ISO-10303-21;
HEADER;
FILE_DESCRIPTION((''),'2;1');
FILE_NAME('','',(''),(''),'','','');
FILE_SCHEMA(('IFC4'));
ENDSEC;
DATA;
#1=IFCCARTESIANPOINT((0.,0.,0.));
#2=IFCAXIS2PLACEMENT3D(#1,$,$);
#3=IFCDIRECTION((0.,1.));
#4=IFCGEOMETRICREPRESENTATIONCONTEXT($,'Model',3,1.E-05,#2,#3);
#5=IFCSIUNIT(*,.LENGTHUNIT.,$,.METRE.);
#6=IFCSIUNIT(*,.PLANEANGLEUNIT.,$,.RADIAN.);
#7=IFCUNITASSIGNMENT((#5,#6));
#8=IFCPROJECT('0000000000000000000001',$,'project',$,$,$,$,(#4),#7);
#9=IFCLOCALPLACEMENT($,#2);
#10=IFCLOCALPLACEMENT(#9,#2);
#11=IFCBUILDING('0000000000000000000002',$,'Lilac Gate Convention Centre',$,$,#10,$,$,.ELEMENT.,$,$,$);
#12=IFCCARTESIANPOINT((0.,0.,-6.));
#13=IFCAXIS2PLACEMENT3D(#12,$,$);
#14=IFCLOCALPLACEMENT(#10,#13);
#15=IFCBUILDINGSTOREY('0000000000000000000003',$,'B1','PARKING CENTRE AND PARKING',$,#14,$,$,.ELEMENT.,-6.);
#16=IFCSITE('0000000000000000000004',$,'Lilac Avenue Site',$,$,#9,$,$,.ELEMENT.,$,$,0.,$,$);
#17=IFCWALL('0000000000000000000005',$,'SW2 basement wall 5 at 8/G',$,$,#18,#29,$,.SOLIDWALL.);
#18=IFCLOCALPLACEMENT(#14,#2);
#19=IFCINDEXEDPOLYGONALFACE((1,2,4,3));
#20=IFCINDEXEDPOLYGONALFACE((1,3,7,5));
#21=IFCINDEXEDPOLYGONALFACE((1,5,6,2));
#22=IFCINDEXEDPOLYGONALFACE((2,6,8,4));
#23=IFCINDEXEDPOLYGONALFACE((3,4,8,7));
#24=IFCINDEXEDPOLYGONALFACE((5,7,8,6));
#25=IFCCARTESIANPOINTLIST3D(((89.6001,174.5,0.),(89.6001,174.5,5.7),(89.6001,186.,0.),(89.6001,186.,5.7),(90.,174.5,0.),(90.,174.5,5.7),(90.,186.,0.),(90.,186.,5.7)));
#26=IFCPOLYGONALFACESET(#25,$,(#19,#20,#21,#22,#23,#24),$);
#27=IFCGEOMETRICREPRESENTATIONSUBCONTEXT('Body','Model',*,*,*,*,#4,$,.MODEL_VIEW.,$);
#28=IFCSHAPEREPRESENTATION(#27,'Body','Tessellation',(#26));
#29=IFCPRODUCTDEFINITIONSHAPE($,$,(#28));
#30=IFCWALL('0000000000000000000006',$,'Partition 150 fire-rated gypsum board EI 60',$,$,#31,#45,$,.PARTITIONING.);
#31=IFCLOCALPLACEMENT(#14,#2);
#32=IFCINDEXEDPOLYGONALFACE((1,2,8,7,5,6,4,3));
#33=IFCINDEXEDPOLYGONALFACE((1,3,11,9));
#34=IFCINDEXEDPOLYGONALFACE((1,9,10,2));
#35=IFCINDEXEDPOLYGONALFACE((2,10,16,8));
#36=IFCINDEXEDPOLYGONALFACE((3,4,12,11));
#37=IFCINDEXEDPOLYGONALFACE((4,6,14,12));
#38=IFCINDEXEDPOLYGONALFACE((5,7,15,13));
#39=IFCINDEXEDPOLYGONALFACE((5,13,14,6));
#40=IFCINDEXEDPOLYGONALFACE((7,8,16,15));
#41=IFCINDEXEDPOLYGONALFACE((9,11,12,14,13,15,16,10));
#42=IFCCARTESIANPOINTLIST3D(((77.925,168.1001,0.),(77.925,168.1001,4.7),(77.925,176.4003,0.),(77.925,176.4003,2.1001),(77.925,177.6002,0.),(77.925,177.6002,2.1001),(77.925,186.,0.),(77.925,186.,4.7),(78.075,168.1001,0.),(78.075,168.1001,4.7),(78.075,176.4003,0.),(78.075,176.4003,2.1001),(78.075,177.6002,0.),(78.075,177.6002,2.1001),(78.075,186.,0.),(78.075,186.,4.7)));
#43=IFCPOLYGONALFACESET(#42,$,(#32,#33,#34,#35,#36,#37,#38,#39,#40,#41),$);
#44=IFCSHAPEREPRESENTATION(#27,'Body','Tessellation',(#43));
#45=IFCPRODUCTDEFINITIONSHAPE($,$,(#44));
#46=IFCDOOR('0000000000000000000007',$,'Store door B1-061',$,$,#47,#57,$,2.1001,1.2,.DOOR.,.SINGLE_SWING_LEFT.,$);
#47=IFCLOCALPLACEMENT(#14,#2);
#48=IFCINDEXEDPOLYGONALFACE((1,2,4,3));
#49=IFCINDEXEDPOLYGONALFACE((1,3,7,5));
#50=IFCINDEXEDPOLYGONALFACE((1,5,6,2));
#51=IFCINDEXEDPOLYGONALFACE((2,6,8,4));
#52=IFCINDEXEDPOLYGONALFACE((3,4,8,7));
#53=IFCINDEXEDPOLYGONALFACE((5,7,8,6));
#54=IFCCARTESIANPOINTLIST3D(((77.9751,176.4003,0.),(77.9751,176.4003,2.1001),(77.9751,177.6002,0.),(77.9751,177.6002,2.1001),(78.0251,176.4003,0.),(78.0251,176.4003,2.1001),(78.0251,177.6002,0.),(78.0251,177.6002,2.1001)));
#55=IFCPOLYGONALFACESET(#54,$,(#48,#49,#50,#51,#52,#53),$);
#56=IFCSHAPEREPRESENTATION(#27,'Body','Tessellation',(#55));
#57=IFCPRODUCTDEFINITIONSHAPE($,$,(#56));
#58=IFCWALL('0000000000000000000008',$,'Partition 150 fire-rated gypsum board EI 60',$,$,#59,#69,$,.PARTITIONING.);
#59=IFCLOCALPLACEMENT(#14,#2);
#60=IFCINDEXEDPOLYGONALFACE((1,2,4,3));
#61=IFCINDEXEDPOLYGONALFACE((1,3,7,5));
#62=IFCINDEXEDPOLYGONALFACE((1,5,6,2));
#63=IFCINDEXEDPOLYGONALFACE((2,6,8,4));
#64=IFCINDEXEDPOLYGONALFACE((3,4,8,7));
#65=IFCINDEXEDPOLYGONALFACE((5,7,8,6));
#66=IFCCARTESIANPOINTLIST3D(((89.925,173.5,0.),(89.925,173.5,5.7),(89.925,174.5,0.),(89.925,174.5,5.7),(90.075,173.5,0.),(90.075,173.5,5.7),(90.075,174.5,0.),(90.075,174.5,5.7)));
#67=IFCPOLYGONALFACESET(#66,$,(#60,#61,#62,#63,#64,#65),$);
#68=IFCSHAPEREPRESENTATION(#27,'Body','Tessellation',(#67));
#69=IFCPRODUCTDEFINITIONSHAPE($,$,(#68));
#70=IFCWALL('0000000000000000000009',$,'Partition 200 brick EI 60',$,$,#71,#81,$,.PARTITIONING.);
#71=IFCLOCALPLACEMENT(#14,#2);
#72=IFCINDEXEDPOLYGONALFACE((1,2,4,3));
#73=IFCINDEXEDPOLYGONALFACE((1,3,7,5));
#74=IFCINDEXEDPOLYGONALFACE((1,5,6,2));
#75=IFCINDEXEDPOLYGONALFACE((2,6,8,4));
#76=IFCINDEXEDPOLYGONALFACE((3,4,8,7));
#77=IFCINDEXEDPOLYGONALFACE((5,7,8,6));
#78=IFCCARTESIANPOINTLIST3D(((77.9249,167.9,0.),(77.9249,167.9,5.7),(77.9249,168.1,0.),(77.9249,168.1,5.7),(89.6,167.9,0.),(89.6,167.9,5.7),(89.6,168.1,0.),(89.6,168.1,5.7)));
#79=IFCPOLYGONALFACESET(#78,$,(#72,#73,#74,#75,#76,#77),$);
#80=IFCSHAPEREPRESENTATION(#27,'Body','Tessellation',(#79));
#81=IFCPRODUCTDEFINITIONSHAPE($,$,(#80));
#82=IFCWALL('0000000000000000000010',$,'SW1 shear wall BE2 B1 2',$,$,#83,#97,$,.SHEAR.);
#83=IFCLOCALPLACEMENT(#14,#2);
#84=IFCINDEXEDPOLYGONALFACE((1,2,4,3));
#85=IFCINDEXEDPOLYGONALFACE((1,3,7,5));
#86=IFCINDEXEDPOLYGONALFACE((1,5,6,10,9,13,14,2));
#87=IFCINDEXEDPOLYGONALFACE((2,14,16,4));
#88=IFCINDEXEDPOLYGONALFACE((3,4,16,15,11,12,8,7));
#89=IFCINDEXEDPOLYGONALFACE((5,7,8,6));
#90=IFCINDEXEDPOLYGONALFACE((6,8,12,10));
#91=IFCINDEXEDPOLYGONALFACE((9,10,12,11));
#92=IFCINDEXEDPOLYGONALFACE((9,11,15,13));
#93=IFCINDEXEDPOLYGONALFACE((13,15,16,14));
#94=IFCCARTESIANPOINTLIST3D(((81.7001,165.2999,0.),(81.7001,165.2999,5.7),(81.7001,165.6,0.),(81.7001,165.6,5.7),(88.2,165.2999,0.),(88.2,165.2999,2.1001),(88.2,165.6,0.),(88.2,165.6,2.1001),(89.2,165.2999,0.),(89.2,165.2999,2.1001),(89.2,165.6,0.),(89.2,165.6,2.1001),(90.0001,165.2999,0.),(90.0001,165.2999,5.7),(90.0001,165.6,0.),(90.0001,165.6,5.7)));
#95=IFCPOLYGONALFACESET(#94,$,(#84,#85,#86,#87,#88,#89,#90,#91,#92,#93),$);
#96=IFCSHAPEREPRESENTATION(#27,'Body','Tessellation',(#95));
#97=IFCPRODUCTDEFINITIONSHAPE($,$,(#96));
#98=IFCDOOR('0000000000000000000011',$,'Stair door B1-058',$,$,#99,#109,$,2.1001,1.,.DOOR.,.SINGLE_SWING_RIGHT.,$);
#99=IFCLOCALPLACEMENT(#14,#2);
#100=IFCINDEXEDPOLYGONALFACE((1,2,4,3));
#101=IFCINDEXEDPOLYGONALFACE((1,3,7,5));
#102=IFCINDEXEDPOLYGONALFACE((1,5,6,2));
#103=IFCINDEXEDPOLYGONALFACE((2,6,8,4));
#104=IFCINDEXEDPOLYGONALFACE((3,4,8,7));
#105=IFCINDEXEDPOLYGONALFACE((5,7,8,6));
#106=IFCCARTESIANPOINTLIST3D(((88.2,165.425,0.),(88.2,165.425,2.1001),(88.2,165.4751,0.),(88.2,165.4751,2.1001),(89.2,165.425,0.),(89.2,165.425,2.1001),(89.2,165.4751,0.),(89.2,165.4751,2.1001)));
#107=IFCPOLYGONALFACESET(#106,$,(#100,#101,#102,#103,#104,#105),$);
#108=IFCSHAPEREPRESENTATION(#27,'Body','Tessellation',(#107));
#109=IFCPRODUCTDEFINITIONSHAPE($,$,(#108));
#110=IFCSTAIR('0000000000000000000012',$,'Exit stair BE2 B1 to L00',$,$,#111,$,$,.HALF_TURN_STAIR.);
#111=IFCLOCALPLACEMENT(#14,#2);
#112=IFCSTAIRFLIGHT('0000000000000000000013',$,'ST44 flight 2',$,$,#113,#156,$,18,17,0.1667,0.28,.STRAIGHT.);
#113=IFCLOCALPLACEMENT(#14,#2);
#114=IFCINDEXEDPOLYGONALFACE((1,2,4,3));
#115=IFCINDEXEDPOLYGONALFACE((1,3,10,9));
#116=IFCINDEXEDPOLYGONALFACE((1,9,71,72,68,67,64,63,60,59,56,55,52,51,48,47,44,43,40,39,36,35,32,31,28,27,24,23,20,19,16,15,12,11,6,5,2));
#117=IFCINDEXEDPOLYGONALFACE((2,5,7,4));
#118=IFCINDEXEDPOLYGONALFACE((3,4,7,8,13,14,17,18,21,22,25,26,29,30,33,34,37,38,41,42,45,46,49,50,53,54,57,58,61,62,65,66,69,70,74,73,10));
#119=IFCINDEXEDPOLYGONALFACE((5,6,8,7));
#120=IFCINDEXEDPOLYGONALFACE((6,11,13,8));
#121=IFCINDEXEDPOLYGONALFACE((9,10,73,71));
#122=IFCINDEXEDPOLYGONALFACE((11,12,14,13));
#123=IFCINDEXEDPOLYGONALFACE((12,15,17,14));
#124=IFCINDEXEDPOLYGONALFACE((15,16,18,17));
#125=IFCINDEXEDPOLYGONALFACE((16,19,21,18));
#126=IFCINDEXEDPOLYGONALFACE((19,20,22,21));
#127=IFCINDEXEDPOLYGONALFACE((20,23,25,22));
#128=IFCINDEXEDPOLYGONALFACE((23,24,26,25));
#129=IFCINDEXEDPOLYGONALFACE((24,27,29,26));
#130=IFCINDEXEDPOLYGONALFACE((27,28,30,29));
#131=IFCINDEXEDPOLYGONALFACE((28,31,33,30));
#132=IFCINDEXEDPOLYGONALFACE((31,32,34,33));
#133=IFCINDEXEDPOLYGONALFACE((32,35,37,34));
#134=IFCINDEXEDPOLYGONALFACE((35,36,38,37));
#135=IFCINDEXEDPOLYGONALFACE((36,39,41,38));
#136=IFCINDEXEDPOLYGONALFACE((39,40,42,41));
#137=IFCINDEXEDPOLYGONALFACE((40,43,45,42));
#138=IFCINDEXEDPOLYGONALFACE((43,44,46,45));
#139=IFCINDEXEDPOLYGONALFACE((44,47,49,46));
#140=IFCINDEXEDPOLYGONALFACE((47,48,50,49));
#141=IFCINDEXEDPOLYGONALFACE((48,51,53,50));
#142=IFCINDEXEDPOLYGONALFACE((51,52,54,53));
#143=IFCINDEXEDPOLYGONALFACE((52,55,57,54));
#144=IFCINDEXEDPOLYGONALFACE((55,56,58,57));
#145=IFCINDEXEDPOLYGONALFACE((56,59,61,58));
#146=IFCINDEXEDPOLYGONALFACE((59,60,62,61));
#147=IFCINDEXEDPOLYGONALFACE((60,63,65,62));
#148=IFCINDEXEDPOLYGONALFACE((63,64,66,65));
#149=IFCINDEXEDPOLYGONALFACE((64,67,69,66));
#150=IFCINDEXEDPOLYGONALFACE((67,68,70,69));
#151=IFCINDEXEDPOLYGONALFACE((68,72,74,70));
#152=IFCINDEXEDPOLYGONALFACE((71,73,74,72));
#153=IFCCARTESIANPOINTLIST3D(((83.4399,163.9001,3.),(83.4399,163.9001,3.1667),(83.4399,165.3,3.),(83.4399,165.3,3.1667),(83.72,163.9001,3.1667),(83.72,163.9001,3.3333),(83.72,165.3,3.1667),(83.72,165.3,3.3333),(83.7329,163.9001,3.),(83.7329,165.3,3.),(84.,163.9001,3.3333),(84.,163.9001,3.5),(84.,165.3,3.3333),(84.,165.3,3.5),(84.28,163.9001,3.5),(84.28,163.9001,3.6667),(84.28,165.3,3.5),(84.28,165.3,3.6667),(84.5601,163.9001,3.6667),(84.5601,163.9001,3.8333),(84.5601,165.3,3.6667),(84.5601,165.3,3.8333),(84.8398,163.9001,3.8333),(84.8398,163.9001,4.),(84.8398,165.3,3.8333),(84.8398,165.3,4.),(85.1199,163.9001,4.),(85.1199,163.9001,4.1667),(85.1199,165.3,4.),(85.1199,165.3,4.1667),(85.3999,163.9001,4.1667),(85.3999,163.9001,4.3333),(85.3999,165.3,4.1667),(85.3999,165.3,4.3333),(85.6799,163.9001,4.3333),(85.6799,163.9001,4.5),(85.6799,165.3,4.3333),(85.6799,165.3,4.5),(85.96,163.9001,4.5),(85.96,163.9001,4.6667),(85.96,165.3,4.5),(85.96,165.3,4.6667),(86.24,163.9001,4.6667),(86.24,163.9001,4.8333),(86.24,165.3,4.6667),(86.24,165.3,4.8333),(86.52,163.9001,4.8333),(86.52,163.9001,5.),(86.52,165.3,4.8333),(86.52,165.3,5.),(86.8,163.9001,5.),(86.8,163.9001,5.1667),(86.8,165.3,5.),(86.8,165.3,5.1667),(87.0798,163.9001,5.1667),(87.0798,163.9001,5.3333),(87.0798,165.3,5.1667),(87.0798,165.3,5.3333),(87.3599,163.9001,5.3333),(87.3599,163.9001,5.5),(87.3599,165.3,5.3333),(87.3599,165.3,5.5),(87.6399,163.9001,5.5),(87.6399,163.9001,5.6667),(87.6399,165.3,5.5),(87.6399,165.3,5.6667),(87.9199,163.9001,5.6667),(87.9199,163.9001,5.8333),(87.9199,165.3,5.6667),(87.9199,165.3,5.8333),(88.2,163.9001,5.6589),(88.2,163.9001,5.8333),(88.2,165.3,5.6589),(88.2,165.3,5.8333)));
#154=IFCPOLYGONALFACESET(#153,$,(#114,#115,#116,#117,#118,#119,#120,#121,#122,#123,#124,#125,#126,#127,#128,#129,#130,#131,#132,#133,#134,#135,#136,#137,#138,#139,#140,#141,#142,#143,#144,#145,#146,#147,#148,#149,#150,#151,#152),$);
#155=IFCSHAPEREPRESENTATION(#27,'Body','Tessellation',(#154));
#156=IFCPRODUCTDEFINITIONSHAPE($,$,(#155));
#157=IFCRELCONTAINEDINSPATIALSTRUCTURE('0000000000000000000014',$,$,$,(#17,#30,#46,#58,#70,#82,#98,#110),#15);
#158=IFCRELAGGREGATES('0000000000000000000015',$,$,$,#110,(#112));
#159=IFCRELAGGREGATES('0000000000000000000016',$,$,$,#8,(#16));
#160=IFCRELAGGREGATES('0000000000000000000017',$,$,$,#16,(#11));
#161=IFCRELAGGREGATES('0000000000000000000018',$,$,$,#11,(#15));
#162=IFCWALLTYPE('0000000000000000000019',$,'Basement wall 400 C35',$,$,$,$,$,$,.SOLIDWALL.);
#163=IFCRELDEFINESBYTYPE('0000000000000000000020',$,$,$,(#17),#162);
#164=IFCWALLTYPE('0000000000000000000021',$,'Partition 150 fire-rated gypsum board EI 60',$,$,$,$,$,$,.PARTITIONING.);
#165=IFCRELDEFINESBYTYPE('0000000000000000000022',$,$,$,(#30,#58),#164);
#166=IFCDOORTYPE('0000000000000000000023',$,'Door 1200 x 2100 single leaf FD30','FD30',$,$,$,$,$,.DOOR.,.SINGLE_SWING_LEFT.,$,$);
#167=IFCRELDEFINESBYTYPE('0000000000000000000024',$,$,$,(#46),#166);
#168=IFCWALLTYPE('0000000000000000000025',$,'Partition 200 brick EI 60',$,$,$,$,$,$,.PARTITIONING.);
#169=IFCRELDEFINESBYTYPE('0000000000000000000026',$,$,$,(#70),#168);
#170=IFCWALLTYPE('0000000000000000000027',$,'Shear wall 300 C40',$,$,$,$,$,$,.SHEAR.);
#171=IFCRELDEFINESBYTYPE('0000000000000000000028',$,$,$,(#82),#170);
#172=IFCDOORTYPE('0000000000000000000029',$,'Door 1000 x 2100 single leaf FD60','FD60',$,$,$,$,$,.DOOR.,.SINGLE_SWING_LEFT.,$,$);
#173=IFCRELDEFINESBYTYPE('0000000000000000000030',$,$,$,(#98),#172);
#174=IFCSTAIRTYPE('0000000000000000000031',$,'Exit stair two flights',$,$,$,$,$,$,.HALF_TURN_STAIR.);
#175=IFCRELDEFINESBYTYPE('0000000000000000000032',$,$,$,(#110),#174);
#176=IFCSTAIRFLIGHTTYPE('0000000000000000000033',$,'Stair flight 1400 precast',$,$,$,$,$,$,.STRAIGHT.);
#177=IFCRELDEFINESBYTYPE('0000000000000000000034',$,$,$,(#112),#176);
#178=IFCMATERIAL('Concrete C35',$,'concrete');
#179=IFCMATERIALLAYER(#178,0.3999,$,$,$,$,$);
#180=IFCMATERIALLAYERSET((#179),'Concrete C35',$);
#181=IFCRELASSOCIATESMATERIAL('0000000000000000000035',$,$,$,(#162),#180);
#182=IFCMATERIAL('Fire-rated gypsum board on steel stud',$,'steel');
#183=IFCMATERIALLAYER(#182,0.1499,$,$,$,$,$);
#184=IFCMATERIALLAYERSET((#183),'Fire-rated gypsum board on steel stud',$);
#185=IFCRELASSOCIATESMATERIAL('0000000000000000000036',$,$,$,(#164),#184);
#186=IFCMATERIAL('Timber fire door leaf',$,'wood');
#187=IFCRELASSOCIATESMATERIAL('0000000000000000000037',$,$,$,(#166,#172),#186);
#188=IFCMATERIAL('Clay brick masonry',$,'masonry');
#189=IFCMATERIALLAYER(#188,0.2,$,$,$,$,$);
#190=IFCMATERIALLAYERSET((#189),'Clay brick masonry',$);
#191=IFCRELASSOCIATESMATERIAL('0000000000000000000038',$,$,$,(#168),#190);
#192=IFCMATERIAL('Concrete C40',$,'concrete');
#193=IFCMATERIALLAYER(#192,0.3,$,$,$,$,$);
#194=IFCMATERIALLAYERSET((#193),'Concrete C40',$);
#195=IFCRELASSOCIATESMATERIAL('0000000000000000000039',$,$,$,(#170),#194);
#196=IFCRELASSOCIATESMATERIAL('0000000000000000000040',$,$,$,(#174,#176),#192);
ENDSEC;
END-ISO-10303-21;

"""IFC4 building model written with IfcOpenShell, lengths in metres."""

from ifc_helpers import new_model, si_unit, direction, frame, frame_2d, origin, place, context, subcontext, project, spatial, polyline, rectangle, outline, extrude, material, layer, layer_set, type_object, element, fill, aggregate, save


model = new_model("IFC4")

# Units and contexts
model_context = context("Model", 3, precision=1e-05, world=origin(), true_north=direction((0.0, 1.0)))
body_context = subcontext(model_context, "Body", "Model", "MODEL_VIEW")
ifc_project = project(units=[si_unit("LENGTHUNIT", "METRE"), si_unit("PLANEANGLEUNIT", "RADIAN")], contexts=[model_context])

# Site, building, storey
site_placement = place(None, origin())
site = spatial("IfcSite", under=ifc_project, at=site_placement, Name="Lilac Avenue Site", CompositionType="ELEMENT", RefElevation=0.0)
building_placement = place(site_placement, origin())
building = spatial("IfcBuilding", under=site, at=building_placement, Name="Lilac Gate Convention Centre", CompositionType="ELEMENT")
storey_placement = place(building_placement, frame((0.0, 0.0, -6.0)))
storey = spatial("IfcBuildingStorey", under=building, at=storey_placement, Name="B1", Description="PARKING CENTRE AND PARKING", CompositionType="ELEMENT", Elevation=-6.0)

# Shared definitions
ifc_material_1 = material(Name="Concrete C35", Category="concrete")

# Shared definitions
ifc_material_2 = material(Name="Concrete C40", Category="concrete")

# Wall
ifc_layer_1 = layer(ifc_material_1, 0.3999)
ifc_layer_set_1 = layer_set([ifc_layer_1], Name="Concrete C35")
wall_type_1 = type_object("IfcWallType", Name="Basement wall 400 C35", PredefinedType="SOLIDWALL", material=ifc_layer_set_1)
wall_1_placement = place(storey_placement, frame((89.8, 174.5, 0.0), z_axis=(0.0, 0.0, 1.0), x_axis=(0.0, 1.0, 0.0)))
element("IfcWall", 1, at=wall_1_placement, inside=storey, type_object=wall_type_1, Name="SW2 basement wall 5 at 8/G", PredefinedType="SOLIDWALL", context=body_context, shape_type="SweptSolid", body=[
    extrude(rectangle(XDim=11.5, YDim=0.3999, at=frame_2d((5.75, 0.0))), origin(), (0.0, 0.0, 1.0), 5.7),
])

# Wall, opening, door
ifc_material_3 = material(Name="Fire-rated gypsum board on steel stud", Category="steel")
ifc_layer_2 = layer(ifc_material_3, 0.1499)
ifc_layer_set_2 = layer_set([ifc_layer_2], Name="Fire-rated gypsum board on steel stud")
wall_type_2 = type_object("IfcWallType", Name="Partition 150 fire-rated gypsum board EI 60", PredefinedType="PARTITIONING", material=ifc_layer_set_2)
wall_2_placement = place(storey_placement, frame((78.0, 168.1001, 0.0), z_axis=(0.0, 0.0, 1.0), x_axis=(0.0, 1.0, 0.0)))
wall_2 = element("IfcWall", 2, at=wall_2_placement, inside=storey, type_object=wall_type_2, Name="Partition 150 fire-rated gypsum board EI 60", PredefinedType="PARTITIONING", context=body_context, shape_type="SweptSolid", body=[
    extrude(rectangle(XDim=17.8999, YDim=0.1499, at=frame_2d((8.95, 0.0))), origin(), (0.0, 0.0, 1.0), 4.7),
])
opening_1_placement = place(wall_2_placement, frame((8.3, 0.0, 0.0)))
opening_1 = element("IfcOpeningElement", 3, at=opening_1_placement, cuts=wall_2, PredefinedType="OPENING", context=body_context, shape_type="SweptSolid", body=[
    extrude(rectangle(XDim=1.2, YDim=2.1001, at=frame_2d((0.6001, 1.05))), frame((0.0, 0.085, 0.0), z_axis=(0.0, -1.0, 0.0), x_axis=(1.0, 0.0, 0.0)), (0.0, 0.0, 1.0), 0.1699),
])
ifc_material_4 = material(Name="Timber fire door leaf", Category="wood")
door_type_1 = type_object("IfcDoorType", Name="Door 1200 x 2100 single leaf FD30", Description="FD30", OperationType="SINGLE_SWING_LEFT", PredefinedType="DOOR", material=ifc_material_4)
door_1_placement = place(opening_1_placement, origin())
door_1 = element("IfcDoor", 4, at=door_1_placement, inside=storey, type_object=door_type_1, Name="Store door B1-061", OperationType="SINGLE_SWING_LEFT", OverallHeight=2.1001, OverallWidth=1.2, PredefinedType="DOOR", context=body_context, shape_type="SweptSolid", body=[
    extrude(rectangle(XDim=1.2, YDim=2.1001, at=frame_2d((0.6001, 1.05))), frame((0.0, 0.0249, 0.0), z_axis=(0.0, -1.0, 0.0), x_axis=(1.0, 0.0, 0.0)), (0.0, 0.0, 1.0), 0.05),
])
fill(opening_1, door_1)

# Walls
wall_3_placement = place(storey_placement, frame((90.0, 173.5, 0.0), z_axis=(0.0, 0.0, 1.0), x_axis=(0.0, 1.0, 0.0)))
element("IfcWall", 5, at=wall_3_placement, inside=storey, type_object=wall_type_2, Name="Partition 150 fire-rated gypsum board EI 60", PredefinedType="PARTITIONING", context=body_context, shape_type="SweptSolid", body=[
    extrude(rectangle(XDim=1.0, YDim=0.1499, at=frame_2d((0.5, 0.0))), origin(), (0.0, 0.0, 1.0), 5.7),
])
ifc_material_5 = material(Name="Clay brick masonry", Category="masonry")
ifc_layer_3 = layer(ifc_material_5, 0.2)
ifc_layer_set_3 = layer_set([ifc_layer_3], Name="Clay brick masonry")
wall_type_3 = type_object("IfcWallType", Name="Partition 200 brick EI 60", PredefinedType="PARTITIONING", material=ifc_layer_set_3)
wall_4_placement = place(storey_placement, frame((77.925, 168.0, 0.0), z_axis=(0.0, 0.0, 1.0), x_axis=(1.0, 0.0, 0.0)))
element("IfcWall", 6, at=wall_4_placement, inside=storey, type_object=wall_type_3, Name="Partition 200 brick EI 60", PredefinedType="PARTITIONING", context=body_context, shape_type="SweptSolid", body=[
    extrude(rectangle(XDim=11.675, YDim=0.2, at=frame_2d((5.8374, 0.0))), origin(), (0.0, 0.0, 1.0), 5.7),
])

# Wall, opening, door
ifc_layer_4 = layer(ifc_material_2, 0.3)
ifc_layer_set_4 = layer_set([ifc_layer_4], Name="Concrete C40")
wall_type_4 = type_object("IfcWallType", Name="Shear wall 300 C40", PredefinedType="SHEAR", material=ifc_layer_set_4)
wall_5_placement = place(storey_placement, frame((90.0, 165.45, 0.0), z_axis=(0.0, 0.0, 1.0), x_axis=(-1.0, 0.0, 0.0)))
wall_5 = element("IfcWall", 7, at=wall_5_placement, inside=storey, type_object=wall_type_4, Name="SW1 shear wall BE2 B1 2", PredefinedType="SHEAR", context=body_context, shape_type="SweptSolid", body=[
    extrude(rectangle(XDim=8.3, YDim=0.3, at=frame_2d((4.1499, 0.0))), origin(), (0.0, 0.0, 1.0), 5.7),
])
opening_2_placement = place(wall_5_placement, frame((0.8, 0.0, 0.0)))
opening_2 = element("IfcOpeningElement", 8, at=opening_2_placement, cuts=wall_5, PredefinedType="OPENING", context=body_context, shape_type="SweptSolid", body=[
    extrude(rectangle(XDim=1.0, YDim=2.1001, at=frame_2d((0.5, 1.05))), frame((0.0, 0.1599, 0.0), z_axis=(0.0, -1.0, 0.0), x_axis=(1.0, 0.0, 0.0)), (0.0, 0.0, 1.0), 0.3201),
])
door_type_2 = type_object("IfcDoorType", Name="Door 1000 x 2100 single leaf FD60", Description="FD60", OperationType="SINGLE_SWING_LEFT", PredefinedType="DOOR", material=ifc_material_4)
door_2_placement = place(opening_2_placement, origin())
door_2 = element("IfcDoor", 9, at=door_2_placement, inside=storey, type_object=door_type_2, Name="Stair door B1-058", OperationType="SINGLE_SWING_RIGHT", OverallHeight=2.1001, OverallWidth=1.0, PredefinedType="DOOR", context=body_context, shape_type="SweptSolid", body=[
    extrude(rectangle(XDim=1.0, YDim=2.1001, at=frame_2d((0.5, 1.05))), frame((0.0, 0.0249, 0.0), z_axis=(0.0, -1.0, 0.0), x_axis=(1.0, 0.0, 0.0)), (0.0, 0.0, 1.0), 0.05),
])
fill(opening_2, door_2)

# Stair, stair flight
stair_type = type_object("IfcStairType", Name="Exit stair two flights", PredefinedType="HALF_TURN_STAIR", material=ifc_material_2)
stair_placement = place(storey_placement, origin())
stair = element("IfcStair", 10, at=stair_placement, inside=storey, type_object=stair_type, Name="Exit stair BE2 B1 to L00", PredefinedType="HALF_TURN_STAIR")
stair_flight_type = type_object("IfcStairFlightType", Name="Stair flight 1400 precast", PredefinedType="STRAIGHT", material=ifc_material_2)
stair_flight_placement = place(storey_placement, frame((83.4399, 164.6001, 3.0), z_axis=(0.0, 0.0, 1.0), x_axis=(1.0, 0.0, 0.0)))
stair_flight = element("IfcStairFlight", 11, at=stair_flight_placement, type_object=stair_flight_type, Name="ST44 flight 2", NumberOfRisers=18, NumberOfTreads=17, PredefinedType="STRAIGHT", RiserHeight=0.1667, TreadLength=0.28, context=body_context, shape_type="SweptSolid", body=[
    extrude(outline(polyline([(0.0, 0.0), (0.0, 0.1667), (0.28, 0.1667), (0.28, 0.3333), (0.5601, 0.3333), (0.5601, 0.5), (0.8401, 0.5), (0.8401, 0.6667), (1.1201, 0.6667), (1.1201, 0.8333), (1.3999, 0.8333), (1.3999, 1.0), (1.6799, 1.0), (1.6799, 1.1667), (1.96, 1.1667), (1.96, 1.3333), (2.24, 1.3333), (2.24, 1.5), (2.52, 1.5), (2.52, 1.6667), (2.8, 1.6667), (2.8, 1.8333), (3.0801, 1.8333), (3.0801, 2.0), (3.3601, 2.0), (3.3601, 2.1667), (3.6399, 2.1667), (3.6399, 2.3333), (3.9199, 2.3333), (3.9199, 2.5), (4.2, 2.5), (4.2, 2.6667), (4.48, 2.6667), (4.48, 2.8333), (4.76, 2.8333), (4.76, 3.0), (4.76, 2.6589), (0.293, 0.0), (0.0, 0.0)])), frame((0.0, 0.7, 0.0), z_axis=(0.0, -1.0, 0.0), x_axis=(1.0, 0.0, 0.0)), (0.0, 0.0, 1.0), 1.3999),
])
aggregate(stair, [stair_flight])

save(model, "model.ifc")
